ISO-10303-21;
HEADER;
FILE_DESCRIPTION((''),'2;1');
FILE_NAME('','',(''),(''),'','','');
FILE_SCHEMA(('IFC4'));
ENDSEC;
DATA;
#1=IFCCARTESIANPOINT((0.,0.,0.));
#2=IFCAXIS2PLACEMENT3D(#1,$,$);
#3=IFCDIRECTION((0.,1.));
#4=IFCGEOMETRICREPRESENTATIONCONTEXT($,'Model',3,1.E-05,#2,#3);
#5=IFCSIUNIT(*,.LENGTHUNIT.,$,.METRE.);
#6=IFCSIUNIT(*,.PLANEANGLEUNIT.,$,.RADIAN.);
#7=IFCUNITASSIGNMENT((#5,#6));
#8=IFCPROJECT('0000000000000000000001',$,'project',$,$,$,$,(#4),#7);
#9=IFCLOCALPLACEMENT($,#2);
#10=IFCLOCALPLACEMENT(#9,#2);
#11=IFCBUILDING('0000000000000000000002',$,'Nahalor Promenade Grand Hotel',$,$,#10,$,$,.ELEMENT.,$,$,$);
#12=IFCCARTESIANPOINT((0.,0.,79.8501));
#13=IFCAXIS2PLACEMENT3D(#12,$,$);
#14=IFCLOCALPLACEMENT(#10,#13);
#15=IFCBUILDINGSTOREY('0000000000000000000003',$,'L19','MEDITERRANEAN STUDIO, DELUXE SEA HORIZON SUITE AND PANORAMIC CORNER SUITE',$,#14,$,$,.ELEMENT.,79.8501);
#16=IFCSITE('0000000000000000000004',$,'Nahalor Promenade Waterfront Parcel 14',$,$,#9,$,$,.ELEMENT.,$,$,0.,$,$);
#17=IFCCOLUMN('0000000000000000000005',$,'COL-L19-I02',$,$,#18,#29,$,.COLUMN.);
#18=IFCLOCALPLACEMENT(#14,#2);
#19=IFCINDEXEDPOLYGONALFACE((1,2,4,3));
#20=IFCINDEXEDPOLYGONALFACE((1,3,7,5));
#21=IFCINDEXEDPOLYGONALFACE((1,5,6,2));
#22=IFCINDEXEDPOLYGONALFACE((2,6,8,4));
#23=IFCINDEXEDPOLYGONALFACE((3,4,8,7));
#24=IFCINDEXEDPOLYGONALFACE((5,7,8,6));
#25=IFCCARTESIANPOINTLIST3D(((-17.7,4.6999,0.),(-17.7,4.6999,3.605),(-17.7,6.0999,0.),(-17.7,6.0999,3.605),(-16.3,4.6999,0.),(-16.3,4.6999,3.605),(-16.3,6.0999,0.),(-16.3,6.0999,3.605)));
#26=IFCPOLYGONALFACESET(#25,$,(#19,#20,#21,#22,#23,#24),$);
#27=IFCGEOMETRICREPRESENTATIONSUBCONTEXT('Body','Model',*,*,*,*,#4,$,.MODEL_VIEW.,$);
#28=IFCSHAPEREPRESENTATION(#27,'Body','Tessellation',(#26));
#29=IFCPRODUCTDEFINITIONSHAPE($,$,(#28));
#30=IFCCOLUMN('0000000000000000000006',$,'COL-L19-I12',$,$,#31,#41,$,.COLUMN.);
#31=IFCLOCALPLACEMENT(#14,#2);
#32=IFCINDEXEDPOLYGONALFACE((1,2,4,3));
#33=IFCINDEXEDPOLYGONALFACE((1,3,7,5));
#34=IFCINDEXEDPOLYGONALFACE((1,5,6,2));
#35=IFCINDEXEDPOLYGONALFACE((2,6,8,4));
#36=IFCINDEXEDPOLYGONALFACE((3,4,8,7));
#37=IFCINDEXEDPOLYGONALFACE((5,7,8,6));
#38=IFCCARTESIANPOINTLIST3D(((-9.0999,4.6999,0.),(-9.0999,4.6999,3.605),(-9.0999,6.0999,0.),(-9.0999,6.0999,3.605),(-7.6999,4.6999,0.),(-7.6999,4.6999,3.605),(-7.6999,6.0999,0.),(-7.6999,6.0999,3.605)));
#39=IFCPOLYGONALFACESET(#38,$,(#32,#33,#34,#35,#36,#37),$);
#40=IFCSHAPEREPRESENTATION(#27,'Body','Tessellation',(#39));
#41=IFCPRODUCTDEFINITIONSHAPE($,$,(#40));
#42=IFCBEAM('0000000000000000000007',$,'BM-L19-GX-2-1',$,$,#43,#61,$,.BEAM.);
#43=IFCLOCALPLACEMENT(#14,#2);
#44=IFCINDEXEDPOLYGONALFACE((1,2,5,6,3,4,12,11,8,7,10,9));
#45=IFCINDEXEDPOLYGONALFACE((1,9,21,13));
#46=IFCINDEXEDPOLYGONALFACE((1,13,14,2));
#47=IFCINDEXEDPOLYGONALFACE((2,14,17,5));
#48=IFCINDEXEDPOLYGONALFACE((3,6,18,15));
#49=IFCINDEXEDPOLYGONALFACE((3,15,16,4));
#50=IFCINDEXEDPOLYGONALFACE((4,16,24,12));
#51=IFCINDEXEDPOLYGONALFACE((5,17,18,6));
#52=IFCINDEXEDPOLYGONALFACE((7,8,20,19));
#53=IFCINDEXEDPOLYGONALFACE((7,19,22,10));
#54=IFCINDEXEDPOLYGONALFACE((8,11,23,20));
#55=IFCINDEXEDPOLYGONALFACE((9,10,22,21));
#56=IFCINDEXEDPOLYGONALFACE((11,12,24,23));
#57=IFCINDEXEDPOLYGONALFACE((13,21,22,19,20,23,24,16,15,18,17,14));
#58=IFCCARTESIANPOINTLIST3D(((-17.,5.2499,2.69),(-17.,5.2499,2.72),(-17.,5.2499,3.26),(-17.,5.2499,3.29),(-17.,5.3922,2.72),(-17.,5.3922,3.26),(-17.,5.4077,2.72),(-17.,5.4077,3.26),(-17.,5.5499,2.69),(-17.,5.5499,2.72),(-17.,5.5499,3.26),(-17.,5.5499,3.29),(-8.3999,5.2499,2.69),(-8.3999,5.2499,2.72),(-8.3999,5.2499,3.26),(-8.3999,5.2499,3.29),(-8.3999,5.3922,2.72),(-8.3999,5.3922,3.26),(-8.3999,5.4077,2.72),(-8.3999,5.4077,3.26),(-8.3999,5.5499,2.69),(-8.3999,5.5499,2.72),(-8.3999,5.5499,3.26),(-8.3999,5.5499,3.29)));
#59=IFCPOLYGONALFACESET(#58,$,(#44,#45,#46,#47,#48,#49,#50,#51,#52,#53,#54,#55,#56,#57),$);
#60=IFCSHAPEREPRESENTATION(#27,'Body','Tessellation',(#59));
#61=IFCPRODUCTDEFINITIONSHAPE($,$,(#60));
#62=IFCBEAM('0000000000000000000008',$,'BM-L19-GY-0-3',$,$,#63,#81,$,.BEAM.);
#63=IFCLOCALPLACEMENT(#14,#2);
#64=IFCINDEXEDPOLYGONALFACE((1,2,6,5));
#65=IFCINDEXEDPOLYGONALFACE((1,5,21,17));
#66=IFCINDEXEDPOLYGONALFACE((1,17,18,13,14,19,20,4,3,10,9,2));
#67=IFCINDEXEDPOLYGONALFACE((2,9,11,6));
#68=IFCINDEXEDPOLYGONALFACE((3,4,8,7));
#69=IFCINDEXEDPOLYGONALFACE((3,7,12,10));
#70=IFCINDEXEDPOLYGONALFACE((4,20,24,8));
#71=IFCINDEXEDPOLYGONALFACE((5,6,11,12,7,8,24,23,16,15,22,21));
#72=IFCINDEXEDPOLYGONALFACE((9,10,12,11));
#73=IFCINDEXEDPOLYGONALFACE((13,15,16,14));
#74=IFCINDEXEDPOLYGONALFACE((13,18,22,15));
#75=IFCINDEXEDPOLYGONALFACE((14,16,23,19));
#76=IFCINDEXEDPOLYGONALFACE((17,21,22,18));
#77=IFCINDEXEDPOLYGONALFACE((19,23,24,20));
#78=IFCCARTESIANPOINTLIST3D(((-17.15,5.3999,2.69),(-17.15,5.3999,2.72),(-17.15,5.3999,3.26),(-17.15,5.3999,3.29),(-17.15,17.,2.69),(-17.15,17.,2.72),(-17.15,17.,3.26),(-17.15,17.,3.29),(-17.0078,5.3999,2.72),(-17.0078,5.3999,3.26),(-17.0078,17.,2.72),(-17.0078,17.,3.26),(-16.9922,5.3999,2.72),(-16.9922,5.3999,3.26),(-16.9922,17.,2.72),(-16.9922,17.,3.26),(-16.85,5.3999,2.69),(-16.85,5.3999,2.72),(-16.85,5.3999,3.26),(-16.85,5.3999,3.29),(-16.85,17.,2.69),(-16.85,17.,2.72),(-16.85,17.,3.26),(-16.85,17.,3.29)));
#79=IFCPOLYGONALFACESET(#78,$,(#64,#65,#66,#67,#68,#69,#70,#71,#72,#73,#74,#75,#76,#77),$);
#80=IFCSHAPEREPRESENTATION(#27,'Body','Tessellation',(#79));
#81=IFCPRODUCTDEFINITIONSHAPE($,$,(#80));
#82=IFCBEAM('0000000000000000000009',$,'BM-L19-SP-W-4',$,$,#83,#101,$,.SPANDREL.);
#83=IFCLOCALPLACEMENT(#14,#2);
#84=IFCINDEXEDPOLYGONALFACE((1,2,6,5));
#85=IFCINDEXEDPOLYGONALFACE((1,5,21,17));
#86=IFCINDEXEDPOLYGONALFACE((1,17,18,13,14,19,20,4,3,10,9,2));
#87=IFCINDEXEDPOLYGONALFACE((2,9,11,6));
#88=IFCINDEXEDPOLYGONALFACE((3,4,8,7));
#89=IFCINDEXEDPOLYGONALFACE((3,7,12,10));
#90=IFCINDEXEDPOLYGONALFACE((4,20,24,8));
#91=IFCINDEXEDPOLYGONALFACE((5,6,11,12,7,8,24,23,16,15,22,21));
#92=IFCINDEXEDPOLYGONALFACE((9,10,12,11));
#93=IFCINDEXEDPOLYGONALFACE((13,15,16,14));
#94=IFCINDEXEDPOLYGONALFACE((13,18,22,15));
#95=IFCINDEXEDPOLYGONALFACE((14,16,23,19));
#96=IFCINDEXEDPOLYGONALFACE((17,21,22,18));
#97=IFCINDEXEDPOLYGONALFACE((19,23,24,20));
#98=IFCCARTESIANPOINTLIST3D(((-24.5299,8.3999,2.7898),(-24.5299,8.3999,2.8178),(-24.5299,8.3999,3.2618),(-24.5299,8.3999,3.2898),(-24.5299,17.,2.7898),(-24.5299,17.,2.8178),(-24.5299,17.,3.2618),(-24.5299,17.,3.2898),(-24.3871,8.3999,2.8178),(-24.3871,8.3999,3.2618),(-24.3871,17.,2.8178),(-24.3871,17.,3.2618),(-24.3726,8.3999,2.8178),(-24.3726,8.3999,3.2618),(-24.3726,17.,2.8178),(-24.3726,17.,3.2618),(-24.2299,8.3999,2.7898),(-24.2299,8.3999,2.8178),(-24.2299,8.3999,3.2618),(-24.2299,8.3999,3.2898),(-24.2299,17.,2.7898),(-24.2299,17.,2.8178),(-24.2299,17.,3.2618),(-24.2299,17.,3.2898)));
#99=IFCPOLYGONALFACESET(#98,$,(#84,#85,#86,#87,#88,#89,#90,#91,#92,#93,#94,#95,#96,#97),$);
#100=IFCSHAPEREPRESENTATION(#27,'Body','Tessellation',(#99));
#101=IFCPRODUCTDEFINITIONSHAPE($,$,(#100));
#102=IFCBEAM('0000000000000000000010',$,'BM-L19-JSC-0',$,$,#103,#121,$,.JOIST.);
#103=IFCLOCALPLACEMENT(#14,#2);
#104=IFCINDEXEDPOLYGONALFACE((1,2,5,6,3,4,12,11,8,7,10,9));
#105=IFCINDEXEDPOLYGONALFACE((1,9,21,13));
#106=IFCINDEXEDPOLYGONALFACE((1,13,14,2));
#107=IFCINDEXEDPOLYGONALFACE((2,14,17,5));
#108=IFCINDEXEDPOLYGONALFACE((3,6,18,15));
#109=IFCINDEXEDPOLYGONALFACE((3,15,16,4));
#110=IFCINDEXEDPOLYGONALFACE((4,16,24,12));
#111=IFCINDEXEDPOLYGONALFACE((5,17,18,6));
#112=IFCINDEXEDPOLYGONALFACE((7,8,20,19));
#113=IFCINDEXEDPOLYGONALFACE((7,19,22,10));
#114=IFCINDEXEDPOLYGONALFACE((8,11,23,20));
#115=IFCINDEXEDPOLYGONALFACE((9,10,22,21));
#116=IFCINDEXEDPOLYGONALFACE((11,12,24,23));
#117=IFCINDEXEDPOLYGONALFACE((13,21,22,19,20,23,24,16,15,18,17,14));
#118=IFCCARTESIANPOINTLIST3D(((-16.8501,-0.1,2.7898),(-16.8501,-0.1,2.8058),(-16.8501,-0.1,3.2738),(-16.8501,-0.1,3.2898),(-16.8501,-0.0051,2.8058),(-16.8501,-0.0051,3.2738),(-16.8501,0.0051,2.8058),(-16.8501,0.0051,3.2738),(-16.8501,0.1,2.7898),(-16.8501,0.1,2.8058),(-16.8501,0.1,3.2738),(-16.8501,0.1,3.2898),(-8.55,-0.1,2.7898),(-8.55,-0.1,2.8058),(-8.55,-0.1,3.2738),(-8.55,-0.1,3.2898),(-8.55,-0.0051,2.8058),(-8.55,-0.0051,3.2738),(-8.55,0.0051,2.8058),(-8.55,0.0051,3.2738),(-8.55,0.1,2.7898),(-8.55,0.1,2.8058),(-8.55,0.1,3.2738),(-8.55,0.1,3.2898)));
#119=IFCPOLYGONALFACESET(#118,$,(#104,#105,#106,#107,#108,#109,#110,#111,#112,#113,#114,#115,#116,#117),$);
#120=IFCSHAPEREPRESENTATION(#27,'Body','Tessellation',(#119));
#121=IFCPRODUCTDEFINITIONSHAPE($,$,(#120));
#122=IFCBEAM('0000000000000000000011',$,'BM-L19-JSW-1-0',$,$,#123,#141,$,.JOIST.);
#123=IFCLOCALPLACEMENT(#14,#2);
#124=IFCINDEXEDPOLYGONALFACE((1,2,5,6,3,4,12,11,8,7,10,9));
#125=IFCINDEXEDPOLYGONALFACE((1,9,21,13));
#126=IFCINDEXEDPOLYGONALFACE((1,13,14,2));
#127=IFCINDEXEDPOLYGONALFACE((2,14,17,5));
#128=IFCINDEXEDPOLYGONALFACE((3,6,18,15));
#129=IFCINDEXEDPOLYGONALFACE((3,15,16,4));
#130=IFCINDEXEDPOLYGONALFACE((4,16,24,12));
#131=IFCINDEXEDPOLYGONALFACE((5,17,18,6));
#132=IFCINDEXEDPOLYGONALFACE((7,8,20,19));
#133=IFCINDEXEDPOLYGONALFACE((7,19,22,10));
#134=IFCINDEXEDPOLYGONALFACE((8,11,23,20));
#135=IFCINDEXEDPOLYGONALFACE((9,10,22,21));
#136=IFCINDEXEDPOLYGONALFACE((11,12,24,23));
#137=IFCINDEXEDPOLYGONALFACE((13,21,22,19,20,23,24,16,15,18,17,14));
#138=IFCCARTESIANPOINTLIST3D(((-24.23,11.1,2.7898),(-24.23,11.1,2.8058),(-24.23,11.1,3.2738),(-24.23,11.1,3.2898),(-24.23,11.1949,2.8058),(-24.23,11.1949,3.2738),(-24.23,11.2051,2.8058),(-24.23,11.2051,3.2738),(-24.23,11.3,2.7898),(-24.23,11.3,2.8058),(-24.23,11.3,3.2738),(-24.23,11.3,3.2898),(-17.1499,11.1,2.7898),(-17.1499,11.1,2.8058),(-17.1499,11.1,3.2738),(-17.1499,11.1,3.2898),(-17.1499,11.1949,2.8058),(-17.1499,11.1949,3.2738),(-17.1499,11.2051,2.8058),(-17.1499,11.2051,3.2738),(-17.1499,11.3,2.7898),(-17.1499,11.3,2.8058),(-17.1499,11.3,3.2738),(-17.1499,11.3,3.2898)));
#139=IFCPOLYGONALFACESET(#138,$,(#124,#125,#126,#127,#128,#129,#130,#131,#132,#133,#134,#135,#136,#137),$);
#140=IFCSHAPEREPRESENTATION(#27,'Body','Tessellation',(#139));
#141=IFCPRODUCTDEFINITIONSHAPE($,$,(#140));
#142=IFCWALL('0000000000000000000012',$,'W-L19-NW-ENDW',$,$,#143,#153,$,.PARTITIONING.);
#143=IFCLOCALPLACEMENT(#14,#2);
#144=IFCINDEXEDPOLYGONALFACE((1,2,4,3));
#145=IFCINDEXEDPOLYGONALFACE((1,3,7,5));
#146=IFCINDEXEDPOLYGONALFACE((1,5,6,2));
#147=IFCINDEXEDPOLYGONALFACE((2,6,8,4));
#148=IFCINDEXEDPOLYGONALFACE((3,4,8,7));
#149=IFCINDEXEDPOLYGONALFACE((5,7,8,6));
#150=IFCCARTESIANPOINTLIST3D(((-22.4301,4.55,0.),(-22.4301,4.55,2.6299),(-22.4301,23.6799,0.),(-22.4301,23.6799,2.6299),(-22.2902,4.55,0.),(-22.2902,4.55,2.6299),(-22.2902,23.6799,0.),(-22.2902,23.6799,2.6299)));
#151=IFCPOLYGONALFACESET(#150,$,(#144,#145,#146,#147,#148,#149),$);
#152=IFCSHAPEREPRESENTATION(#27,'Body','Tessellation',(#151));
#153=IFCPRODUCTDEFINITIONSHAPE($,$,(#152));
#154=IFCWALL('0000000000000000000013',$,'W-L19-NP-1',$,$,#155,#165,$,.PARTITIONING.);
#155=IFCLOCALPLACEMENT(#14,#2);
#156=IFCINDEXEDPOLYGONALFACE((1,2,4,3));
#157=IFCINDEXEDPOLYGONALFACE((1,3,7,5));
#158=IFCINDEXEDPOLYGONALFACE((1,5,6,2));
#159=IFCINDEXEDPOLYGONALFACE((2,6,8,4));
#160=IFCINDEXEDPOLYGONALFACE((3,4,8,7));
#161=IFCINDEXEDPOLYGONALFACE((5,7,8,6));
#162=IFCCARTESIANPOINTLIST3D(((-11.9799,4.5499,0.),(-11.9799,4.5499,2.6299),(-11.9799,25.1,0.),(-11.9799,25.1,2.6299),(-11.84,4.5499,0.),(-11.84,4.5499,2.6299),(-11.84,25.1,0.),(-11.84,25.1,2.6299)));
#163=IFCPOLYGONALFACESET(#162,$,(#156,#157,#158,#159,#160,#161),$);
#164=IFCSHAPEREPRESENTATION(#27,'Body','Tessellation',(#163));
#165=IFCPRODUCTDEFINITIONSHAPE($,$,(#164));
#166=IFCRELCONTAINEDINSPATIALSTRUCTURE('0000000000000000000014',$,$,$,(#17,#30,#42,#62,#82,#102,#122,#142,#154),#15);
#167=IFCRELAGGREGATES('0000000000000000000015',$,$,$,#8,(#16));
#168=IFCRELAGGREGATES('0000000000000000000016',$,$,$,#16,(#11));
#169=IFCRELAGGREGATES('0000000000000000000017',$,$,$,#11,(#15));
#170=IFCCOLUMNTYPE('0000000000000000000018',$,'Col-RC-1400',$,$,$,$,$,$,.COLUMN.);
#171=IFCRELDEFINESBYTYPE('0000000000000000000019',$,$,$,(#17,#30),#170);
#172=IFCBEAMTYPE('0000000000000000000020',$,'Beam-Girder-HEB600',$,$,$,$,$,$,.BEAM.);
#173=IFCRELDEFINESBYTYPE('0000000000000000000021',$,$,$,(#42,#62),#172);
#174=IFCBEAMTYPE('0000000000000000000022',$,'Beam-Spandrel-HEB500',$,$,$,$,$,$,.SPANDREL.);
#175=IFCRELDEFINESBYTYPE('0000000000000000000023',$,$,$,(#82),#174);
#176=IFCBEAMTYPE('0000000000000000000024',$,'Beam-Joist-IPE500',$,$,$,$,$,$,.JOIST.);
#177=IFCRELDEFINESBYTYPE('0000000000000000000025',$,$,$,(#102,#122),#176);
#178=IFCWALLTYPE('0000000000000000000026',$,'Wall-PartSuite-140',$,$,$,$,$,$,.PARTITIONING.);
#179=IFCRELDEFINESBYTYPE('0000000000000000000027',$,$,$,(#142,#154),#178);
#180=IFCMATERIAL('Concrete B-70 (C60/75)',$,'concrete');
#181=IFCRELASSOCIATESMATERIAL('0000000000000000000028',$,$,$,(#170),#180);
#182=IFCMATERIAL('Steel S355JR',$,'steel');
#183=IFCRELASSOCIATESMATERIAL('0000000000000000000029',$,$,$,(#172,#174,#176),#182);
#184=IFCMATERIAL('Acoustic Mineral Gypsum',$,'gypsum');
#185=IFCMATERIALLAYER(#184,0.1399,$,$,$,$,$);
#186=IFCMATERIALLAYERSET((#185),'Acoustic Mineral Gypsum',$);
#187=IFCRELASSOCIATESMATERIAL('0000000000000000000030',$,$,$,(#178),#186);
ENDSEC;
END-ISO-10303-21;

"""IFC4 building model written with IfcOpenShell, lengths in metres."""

from ifc_helpers import new_model, si_unit, direction, frame, frame_2d, origin, origin_2d, place, context, subcontext, project, spatial, rectangle, i_section, extrude, source, transform, mapped, material, layer, layer_set, material_profile, profile_set, type_object, element, save


model = new_model("IFC4")

# Units and contexts
model_context = context("Model", 3, precision=1e-05, world=origin(), true_north=direction((0.0, 1.0)))
body_context = subcontext(model_context, "Body", "Model", "MODEL_VIEW")
ifc_project = project(units=[si_unit("LENGTHUNIT", "METRE"), si_unit("PLANEANGLEUNIT", "RADIAN")], contexts=[model_context])

# Site, building, storey
site_placement = place(None, origin())
site = spatial("IfcSite", under=ifc_project, at=site_placement, Name="Nahalor Promenade Waterfront Parcel 14", CompositionType="ELEMENT", RefElevation=0.0)
building_placement = place(site_placement, origin())
building = spatial("IfcBuilding", under=site, at=building_placement, Name="Nahalor Promenade Grand Hotel", CompositionType="ELEMENT")
storey_placement = place(building_placement, frame((0.0, 0.0, 79.8501)))
storey = spatial("IfcBuildingStorey", under=building, at=storey_placement, Name="L19", Description="MEDITERRANEAN STUDIO, DELUXE SEA HORIZON SUITE AND PANORAMIC CORNER SUITE", CompositionType="ELEMENT", Elevation=79.8501)

# Columns
ifc_material_1 = material(Name="Concrete B-70 (C60/75)", Category="concrete")
ifc_material_profile_1 = material_profile(ifc_material_1, rectangle(XDim=1.4, YDim=1.4, at=origin_2d()), Name="RC 1400x1400")
ifc_profile_set_1 = profile_set([ifc_material_profile_1], Name="Concrete B-70 (C60/75)")
column_type = type_object("IfcColumnType", Name="Col-RC-1400", PredefinedType="COLUMN", material=ifc_profile_set_1)
shared_shape_1 = source(origin(), body_context, "Body", "SweptSolid", [
    extrude(rectangle(XDim=1.4, YDim=1.4, at=origin_2d()), origin(), (0.0, 0.0, 1.0), 3.605),
])
for number, where, z_axis, x_axis, name in (
    (1, (-17.0, 5.3999, 0.0), (0.0, 0.0, 1.0), (1.0, 0.0, 0.0), "COL-L19-I02"),
    (2, (-8.3999, 5.3999, 0.0), (0.0, 0.0, 1.0), (1.0, 0.0, 0.0), "COL-L19-I12"),
):
    element("IfcColumn", number, at=place(storey_placement, frame(where, z_axis=z_axis, x_axis=x_axis)), inside=storey, type_object=column_type, Name=name, PredefinedType="COLUMN", context=body_context, shape_type="MappedRepresentation", body=[
        mapped(shared_shape_1, transform((0.0, 0.0, 0.0), scale=1.0)),
    ])

# Beams
ifc_material_2 = material(Name="Steel S355JR", Category="steel")
ifc_material_profile_2 = material_profile(ifc_material_2, i_section(OverallWidth=0.3, OverallDepth=0.6, WebThickness=0.0155, FlangeThickness=0.03, at=origin_2d()), Name="HEB 600")
ifc_profile_set_2 = profile_set([ifc_material_profile_2], Name="Steel S355JR")
beam_type_1 = type_object("IfcBeamType", Name="Beam-Girder-HEB600", PredefinedType="BEAM", material=ifc_profile_set_2)
shared_shape_2 = source(origin(), body_context, "Body", "SweptSolid", [
    extrude(i_section(OverallWidth=0.3, OverallDepth=0.6, WebThickness=0.0155, FlangeThickness=0.03, at=origin_2d()), origin(), (0.0, 0.0, 1.0), 8.6001),
])
beam_1_placement = place(storey_placement, frame((-17.0, 5.3999, 2.99), z_axis=(1.0, 0.0, 0.0), x_axis=(0.0, 1.0, 0.0)))
element("IfcBeam", 3, at=beam_1_placement, inside=storey, type_object=beam_type_1, Name="BM-L19-GX-2-1", PredefinedType="BEAM", context=body_context, shape_type="MappedRepresentation", body=[
    mapped(shared_shape_2, transform((0.0, 0.0, 0.0), scale=1.0)),
])
shared_shape_3 = source(origin(), body_context, "Body", "SweptSolid", [
    extrude(i_section(OverallWidth=0.3, OverallDepth=0.6, WebThickness=0.0155, FlangeThickness=0.03, at=origin_2d()), origin(), (0.0, 0.0, 1.0), 11.6001),
])
beam_2_placement = place(storey_placement, frame((-17.0, 5.3999, 2.99), z_axis=(0.0, 1.0, 0.0), x_axis=(-1.0, 0.0, 0.0)))
element("IfcBeam", 4, at=beam_2_placement, inside=storey, type_object=beam_type_1, Name="BM-L19-GY-0-3", PredefinedType="BEAM", context=body_context, shape_type="MappedRepresentation", body=[
    mapped(shared_shape_3, transform((0.0, 0.0, 0.0), scale=1.0)),
])
ifc_material_profile_3 = material_profile(ifc_material_2, i_section(OverallWidth=0.3, OverallDepth=0.5, WebThickness=0.0145, FlangeThickness=0.028, at=origin_2d()), Name="HEB 500")
ifc_profile_set_3 = profile_set([ifc_material_profile_3], Name="Steel S355JR")
beam_type_2 = type_object("IfcBeamType", Name="Beam-Spandrel-HEB500", PredefinedType="SPANDREL", material=ifc_profile_set_3)
shared_shape_4 = source(origin(), body_context, "Body", "SweptSolid", [
    extrude(i_section(OverallWidth=0.3, OverallDepth=0.5, WebThickness=0.0145, FlangeThickness=0.028, at=origin_2d()), origin(), (0.0, 0.0, 1.0), 8.6001),
])
beam_3_placement = place(storey_placement, frame((-24.3799, 8.3999, 3.0398), z_axis=(0.0, 1.0, 0.0), x_axis=(-1.0, 0.0, 0.0)))
element("IfcBeam", 5, at=beam_3_placement, inside=storey, type_object=beam_type_2, Name="BM-L19-SP-W-4", PredefinedType="SPANDREL", context=body_context, shape_type="MappedRepresentation", body=[
    mapped(shared_shape_4, transform((0.0, 0.0, 0.0), scale=1.0)),
])
ifc_material_profile_4 = material_profile(ifc_material_2, i_section(OverallWidth=0.2, OverallDepth=0.5, WebThickness=0.0102, FlangeThickness=0.016, at=origin_2d()), Name="IPE 500")
ifc_profile_set_4 = profile_set([ifc_material_profile_4], Name="Steel S355JR")
beam_type_3 = type_object("IfcBeamType", Name="Beam-Joist-IPE500", PredefinedType="JOIST", material=ifc_profile_set_4)
shared_shape_5 = source(origin(), body_context, "Body", "SweptSolid", [
    extrude(i_section(OverallWidth=0.2, OverallDepth=0.5, WebThickness=0.0102, FlangeThickness=0.016, at=origin_2d()), origin(), (0.0, 0.0, 1.0), 8.3),
])
beam_4_placement = place(storey_placement, frame((-16.8501, 0.0, 3.0398), z_axis=(1.0, 0.0, 0.0), x_axis=(0.0, 1.0, 0.0)))
element("IfcBeam", 6, at=beam_4_placement, inside=storey, type_object=beam_type_3, Name="BM-L19-JSC-0", PredefinedType="JOIST", context=body_context, shape_type="MappedRepresentation", body=[
    mapped(shared_shape_5, transform((0.0, 0.0, 0.0), scale=1.0)),
])
shared_shape_6 = source(origin(), body_context, "Body", "SweptSolid", [
    extrude(i_section(OverallWidth=0.2, OverallDepth=0.5, WebThickness=0.0102, FlangeThickness=0.016, at=origin_2d()), origin(), (0.0, 0.0, 1.0), 7.0801),
])
beam_5_placement = place(storey_placement, frame((-24.23, 11.2, 3.0398), z_axis=(1.0, 0.0, 0.0), x_axis=(0.0, 1.0, 0.0)))
element("IfcBeam", 7, at=beam_5_placement, inside=storey, type_object=beam_type_3, Name="BM-L19-JSW-1-0", PredefinedType="JOIST", context=body_context, shape_type="MappedRepresentation", body=[
    mapped(shared_shape_6, transform((0.0, 0.0, 0.0), scale=1.0)),
])

# Shared definitions
ifc_material_3 = material(Name="Acoustic Mineral Gypsum", Category="gypsum")

# Walls
ifc_layer_1 = layer(ifc_material_3, 0.1399)
ifc_layer_set_1 = layer_set([ifc_layer_1], Name="Acoustic Mineral Gypsum")
wall_type_1 = type_object("IfcWallType", Name="Wall-PartSuite-140", PredefinedType="PARTITIONING", material=ifc_layer_set_1)
shared_shape_7 = source(origin(), body_context, "Body", "SweptSolid", [
    extrude(rectangle(XDim=19.1299, YDim=0.1399, at=frame_2d((9.5649, 0.0))), origin(), (0.0, 0.0, 1.0), 2.6299),
])
wall_1_placement = place(storey_placement, frame((-22.3601, 4.55, 0.0), z_axis=(0.0, 0.0, 1.0), x_axis=(0.0, 1.0, 0.0)))
element("IfcWall", 8, at=wall_1_placement, inside=storey, type_object=wall_type_1, Name="W-L19-NW-ENDW", PredefinedType="PARTITIONING", context=body_context, shape_type="MappedRepresentation", body=[
    mapped(shared_shape_7, transform((0.0, 0.0, 0.0), scale=1.0)),
])
shared_shape_8 = source(origin(), body_context, "Body", "SweptSolid", [
    extrude(rectangle(XDim=20.55, YDim=0.1399, at=frame_2d((10.2749, 0.0))), origin(), (0.0, 0.0, 1.0), 2.6299),
])
wall_2_placement = place(storey_placement, frame((-11.9099, 4.55, 0.0), z_axis=(0.0, 0.0, 1.0), x_axis=(0.0, 1.0, 0.0)))
element("IfcWall", 9, at=wall_2_placement, inside=storey, type_object=wall_type_1, Name="W-L19-NP-1", PredefinedType="PARTITIONING", context=body_context, shape_type="MappedRepresentation", body=[
    mapped(shared_shape_8, transform((0.0, 0.0, 0.0), scale=1.0)),
])

save(model, "model.ifc")
